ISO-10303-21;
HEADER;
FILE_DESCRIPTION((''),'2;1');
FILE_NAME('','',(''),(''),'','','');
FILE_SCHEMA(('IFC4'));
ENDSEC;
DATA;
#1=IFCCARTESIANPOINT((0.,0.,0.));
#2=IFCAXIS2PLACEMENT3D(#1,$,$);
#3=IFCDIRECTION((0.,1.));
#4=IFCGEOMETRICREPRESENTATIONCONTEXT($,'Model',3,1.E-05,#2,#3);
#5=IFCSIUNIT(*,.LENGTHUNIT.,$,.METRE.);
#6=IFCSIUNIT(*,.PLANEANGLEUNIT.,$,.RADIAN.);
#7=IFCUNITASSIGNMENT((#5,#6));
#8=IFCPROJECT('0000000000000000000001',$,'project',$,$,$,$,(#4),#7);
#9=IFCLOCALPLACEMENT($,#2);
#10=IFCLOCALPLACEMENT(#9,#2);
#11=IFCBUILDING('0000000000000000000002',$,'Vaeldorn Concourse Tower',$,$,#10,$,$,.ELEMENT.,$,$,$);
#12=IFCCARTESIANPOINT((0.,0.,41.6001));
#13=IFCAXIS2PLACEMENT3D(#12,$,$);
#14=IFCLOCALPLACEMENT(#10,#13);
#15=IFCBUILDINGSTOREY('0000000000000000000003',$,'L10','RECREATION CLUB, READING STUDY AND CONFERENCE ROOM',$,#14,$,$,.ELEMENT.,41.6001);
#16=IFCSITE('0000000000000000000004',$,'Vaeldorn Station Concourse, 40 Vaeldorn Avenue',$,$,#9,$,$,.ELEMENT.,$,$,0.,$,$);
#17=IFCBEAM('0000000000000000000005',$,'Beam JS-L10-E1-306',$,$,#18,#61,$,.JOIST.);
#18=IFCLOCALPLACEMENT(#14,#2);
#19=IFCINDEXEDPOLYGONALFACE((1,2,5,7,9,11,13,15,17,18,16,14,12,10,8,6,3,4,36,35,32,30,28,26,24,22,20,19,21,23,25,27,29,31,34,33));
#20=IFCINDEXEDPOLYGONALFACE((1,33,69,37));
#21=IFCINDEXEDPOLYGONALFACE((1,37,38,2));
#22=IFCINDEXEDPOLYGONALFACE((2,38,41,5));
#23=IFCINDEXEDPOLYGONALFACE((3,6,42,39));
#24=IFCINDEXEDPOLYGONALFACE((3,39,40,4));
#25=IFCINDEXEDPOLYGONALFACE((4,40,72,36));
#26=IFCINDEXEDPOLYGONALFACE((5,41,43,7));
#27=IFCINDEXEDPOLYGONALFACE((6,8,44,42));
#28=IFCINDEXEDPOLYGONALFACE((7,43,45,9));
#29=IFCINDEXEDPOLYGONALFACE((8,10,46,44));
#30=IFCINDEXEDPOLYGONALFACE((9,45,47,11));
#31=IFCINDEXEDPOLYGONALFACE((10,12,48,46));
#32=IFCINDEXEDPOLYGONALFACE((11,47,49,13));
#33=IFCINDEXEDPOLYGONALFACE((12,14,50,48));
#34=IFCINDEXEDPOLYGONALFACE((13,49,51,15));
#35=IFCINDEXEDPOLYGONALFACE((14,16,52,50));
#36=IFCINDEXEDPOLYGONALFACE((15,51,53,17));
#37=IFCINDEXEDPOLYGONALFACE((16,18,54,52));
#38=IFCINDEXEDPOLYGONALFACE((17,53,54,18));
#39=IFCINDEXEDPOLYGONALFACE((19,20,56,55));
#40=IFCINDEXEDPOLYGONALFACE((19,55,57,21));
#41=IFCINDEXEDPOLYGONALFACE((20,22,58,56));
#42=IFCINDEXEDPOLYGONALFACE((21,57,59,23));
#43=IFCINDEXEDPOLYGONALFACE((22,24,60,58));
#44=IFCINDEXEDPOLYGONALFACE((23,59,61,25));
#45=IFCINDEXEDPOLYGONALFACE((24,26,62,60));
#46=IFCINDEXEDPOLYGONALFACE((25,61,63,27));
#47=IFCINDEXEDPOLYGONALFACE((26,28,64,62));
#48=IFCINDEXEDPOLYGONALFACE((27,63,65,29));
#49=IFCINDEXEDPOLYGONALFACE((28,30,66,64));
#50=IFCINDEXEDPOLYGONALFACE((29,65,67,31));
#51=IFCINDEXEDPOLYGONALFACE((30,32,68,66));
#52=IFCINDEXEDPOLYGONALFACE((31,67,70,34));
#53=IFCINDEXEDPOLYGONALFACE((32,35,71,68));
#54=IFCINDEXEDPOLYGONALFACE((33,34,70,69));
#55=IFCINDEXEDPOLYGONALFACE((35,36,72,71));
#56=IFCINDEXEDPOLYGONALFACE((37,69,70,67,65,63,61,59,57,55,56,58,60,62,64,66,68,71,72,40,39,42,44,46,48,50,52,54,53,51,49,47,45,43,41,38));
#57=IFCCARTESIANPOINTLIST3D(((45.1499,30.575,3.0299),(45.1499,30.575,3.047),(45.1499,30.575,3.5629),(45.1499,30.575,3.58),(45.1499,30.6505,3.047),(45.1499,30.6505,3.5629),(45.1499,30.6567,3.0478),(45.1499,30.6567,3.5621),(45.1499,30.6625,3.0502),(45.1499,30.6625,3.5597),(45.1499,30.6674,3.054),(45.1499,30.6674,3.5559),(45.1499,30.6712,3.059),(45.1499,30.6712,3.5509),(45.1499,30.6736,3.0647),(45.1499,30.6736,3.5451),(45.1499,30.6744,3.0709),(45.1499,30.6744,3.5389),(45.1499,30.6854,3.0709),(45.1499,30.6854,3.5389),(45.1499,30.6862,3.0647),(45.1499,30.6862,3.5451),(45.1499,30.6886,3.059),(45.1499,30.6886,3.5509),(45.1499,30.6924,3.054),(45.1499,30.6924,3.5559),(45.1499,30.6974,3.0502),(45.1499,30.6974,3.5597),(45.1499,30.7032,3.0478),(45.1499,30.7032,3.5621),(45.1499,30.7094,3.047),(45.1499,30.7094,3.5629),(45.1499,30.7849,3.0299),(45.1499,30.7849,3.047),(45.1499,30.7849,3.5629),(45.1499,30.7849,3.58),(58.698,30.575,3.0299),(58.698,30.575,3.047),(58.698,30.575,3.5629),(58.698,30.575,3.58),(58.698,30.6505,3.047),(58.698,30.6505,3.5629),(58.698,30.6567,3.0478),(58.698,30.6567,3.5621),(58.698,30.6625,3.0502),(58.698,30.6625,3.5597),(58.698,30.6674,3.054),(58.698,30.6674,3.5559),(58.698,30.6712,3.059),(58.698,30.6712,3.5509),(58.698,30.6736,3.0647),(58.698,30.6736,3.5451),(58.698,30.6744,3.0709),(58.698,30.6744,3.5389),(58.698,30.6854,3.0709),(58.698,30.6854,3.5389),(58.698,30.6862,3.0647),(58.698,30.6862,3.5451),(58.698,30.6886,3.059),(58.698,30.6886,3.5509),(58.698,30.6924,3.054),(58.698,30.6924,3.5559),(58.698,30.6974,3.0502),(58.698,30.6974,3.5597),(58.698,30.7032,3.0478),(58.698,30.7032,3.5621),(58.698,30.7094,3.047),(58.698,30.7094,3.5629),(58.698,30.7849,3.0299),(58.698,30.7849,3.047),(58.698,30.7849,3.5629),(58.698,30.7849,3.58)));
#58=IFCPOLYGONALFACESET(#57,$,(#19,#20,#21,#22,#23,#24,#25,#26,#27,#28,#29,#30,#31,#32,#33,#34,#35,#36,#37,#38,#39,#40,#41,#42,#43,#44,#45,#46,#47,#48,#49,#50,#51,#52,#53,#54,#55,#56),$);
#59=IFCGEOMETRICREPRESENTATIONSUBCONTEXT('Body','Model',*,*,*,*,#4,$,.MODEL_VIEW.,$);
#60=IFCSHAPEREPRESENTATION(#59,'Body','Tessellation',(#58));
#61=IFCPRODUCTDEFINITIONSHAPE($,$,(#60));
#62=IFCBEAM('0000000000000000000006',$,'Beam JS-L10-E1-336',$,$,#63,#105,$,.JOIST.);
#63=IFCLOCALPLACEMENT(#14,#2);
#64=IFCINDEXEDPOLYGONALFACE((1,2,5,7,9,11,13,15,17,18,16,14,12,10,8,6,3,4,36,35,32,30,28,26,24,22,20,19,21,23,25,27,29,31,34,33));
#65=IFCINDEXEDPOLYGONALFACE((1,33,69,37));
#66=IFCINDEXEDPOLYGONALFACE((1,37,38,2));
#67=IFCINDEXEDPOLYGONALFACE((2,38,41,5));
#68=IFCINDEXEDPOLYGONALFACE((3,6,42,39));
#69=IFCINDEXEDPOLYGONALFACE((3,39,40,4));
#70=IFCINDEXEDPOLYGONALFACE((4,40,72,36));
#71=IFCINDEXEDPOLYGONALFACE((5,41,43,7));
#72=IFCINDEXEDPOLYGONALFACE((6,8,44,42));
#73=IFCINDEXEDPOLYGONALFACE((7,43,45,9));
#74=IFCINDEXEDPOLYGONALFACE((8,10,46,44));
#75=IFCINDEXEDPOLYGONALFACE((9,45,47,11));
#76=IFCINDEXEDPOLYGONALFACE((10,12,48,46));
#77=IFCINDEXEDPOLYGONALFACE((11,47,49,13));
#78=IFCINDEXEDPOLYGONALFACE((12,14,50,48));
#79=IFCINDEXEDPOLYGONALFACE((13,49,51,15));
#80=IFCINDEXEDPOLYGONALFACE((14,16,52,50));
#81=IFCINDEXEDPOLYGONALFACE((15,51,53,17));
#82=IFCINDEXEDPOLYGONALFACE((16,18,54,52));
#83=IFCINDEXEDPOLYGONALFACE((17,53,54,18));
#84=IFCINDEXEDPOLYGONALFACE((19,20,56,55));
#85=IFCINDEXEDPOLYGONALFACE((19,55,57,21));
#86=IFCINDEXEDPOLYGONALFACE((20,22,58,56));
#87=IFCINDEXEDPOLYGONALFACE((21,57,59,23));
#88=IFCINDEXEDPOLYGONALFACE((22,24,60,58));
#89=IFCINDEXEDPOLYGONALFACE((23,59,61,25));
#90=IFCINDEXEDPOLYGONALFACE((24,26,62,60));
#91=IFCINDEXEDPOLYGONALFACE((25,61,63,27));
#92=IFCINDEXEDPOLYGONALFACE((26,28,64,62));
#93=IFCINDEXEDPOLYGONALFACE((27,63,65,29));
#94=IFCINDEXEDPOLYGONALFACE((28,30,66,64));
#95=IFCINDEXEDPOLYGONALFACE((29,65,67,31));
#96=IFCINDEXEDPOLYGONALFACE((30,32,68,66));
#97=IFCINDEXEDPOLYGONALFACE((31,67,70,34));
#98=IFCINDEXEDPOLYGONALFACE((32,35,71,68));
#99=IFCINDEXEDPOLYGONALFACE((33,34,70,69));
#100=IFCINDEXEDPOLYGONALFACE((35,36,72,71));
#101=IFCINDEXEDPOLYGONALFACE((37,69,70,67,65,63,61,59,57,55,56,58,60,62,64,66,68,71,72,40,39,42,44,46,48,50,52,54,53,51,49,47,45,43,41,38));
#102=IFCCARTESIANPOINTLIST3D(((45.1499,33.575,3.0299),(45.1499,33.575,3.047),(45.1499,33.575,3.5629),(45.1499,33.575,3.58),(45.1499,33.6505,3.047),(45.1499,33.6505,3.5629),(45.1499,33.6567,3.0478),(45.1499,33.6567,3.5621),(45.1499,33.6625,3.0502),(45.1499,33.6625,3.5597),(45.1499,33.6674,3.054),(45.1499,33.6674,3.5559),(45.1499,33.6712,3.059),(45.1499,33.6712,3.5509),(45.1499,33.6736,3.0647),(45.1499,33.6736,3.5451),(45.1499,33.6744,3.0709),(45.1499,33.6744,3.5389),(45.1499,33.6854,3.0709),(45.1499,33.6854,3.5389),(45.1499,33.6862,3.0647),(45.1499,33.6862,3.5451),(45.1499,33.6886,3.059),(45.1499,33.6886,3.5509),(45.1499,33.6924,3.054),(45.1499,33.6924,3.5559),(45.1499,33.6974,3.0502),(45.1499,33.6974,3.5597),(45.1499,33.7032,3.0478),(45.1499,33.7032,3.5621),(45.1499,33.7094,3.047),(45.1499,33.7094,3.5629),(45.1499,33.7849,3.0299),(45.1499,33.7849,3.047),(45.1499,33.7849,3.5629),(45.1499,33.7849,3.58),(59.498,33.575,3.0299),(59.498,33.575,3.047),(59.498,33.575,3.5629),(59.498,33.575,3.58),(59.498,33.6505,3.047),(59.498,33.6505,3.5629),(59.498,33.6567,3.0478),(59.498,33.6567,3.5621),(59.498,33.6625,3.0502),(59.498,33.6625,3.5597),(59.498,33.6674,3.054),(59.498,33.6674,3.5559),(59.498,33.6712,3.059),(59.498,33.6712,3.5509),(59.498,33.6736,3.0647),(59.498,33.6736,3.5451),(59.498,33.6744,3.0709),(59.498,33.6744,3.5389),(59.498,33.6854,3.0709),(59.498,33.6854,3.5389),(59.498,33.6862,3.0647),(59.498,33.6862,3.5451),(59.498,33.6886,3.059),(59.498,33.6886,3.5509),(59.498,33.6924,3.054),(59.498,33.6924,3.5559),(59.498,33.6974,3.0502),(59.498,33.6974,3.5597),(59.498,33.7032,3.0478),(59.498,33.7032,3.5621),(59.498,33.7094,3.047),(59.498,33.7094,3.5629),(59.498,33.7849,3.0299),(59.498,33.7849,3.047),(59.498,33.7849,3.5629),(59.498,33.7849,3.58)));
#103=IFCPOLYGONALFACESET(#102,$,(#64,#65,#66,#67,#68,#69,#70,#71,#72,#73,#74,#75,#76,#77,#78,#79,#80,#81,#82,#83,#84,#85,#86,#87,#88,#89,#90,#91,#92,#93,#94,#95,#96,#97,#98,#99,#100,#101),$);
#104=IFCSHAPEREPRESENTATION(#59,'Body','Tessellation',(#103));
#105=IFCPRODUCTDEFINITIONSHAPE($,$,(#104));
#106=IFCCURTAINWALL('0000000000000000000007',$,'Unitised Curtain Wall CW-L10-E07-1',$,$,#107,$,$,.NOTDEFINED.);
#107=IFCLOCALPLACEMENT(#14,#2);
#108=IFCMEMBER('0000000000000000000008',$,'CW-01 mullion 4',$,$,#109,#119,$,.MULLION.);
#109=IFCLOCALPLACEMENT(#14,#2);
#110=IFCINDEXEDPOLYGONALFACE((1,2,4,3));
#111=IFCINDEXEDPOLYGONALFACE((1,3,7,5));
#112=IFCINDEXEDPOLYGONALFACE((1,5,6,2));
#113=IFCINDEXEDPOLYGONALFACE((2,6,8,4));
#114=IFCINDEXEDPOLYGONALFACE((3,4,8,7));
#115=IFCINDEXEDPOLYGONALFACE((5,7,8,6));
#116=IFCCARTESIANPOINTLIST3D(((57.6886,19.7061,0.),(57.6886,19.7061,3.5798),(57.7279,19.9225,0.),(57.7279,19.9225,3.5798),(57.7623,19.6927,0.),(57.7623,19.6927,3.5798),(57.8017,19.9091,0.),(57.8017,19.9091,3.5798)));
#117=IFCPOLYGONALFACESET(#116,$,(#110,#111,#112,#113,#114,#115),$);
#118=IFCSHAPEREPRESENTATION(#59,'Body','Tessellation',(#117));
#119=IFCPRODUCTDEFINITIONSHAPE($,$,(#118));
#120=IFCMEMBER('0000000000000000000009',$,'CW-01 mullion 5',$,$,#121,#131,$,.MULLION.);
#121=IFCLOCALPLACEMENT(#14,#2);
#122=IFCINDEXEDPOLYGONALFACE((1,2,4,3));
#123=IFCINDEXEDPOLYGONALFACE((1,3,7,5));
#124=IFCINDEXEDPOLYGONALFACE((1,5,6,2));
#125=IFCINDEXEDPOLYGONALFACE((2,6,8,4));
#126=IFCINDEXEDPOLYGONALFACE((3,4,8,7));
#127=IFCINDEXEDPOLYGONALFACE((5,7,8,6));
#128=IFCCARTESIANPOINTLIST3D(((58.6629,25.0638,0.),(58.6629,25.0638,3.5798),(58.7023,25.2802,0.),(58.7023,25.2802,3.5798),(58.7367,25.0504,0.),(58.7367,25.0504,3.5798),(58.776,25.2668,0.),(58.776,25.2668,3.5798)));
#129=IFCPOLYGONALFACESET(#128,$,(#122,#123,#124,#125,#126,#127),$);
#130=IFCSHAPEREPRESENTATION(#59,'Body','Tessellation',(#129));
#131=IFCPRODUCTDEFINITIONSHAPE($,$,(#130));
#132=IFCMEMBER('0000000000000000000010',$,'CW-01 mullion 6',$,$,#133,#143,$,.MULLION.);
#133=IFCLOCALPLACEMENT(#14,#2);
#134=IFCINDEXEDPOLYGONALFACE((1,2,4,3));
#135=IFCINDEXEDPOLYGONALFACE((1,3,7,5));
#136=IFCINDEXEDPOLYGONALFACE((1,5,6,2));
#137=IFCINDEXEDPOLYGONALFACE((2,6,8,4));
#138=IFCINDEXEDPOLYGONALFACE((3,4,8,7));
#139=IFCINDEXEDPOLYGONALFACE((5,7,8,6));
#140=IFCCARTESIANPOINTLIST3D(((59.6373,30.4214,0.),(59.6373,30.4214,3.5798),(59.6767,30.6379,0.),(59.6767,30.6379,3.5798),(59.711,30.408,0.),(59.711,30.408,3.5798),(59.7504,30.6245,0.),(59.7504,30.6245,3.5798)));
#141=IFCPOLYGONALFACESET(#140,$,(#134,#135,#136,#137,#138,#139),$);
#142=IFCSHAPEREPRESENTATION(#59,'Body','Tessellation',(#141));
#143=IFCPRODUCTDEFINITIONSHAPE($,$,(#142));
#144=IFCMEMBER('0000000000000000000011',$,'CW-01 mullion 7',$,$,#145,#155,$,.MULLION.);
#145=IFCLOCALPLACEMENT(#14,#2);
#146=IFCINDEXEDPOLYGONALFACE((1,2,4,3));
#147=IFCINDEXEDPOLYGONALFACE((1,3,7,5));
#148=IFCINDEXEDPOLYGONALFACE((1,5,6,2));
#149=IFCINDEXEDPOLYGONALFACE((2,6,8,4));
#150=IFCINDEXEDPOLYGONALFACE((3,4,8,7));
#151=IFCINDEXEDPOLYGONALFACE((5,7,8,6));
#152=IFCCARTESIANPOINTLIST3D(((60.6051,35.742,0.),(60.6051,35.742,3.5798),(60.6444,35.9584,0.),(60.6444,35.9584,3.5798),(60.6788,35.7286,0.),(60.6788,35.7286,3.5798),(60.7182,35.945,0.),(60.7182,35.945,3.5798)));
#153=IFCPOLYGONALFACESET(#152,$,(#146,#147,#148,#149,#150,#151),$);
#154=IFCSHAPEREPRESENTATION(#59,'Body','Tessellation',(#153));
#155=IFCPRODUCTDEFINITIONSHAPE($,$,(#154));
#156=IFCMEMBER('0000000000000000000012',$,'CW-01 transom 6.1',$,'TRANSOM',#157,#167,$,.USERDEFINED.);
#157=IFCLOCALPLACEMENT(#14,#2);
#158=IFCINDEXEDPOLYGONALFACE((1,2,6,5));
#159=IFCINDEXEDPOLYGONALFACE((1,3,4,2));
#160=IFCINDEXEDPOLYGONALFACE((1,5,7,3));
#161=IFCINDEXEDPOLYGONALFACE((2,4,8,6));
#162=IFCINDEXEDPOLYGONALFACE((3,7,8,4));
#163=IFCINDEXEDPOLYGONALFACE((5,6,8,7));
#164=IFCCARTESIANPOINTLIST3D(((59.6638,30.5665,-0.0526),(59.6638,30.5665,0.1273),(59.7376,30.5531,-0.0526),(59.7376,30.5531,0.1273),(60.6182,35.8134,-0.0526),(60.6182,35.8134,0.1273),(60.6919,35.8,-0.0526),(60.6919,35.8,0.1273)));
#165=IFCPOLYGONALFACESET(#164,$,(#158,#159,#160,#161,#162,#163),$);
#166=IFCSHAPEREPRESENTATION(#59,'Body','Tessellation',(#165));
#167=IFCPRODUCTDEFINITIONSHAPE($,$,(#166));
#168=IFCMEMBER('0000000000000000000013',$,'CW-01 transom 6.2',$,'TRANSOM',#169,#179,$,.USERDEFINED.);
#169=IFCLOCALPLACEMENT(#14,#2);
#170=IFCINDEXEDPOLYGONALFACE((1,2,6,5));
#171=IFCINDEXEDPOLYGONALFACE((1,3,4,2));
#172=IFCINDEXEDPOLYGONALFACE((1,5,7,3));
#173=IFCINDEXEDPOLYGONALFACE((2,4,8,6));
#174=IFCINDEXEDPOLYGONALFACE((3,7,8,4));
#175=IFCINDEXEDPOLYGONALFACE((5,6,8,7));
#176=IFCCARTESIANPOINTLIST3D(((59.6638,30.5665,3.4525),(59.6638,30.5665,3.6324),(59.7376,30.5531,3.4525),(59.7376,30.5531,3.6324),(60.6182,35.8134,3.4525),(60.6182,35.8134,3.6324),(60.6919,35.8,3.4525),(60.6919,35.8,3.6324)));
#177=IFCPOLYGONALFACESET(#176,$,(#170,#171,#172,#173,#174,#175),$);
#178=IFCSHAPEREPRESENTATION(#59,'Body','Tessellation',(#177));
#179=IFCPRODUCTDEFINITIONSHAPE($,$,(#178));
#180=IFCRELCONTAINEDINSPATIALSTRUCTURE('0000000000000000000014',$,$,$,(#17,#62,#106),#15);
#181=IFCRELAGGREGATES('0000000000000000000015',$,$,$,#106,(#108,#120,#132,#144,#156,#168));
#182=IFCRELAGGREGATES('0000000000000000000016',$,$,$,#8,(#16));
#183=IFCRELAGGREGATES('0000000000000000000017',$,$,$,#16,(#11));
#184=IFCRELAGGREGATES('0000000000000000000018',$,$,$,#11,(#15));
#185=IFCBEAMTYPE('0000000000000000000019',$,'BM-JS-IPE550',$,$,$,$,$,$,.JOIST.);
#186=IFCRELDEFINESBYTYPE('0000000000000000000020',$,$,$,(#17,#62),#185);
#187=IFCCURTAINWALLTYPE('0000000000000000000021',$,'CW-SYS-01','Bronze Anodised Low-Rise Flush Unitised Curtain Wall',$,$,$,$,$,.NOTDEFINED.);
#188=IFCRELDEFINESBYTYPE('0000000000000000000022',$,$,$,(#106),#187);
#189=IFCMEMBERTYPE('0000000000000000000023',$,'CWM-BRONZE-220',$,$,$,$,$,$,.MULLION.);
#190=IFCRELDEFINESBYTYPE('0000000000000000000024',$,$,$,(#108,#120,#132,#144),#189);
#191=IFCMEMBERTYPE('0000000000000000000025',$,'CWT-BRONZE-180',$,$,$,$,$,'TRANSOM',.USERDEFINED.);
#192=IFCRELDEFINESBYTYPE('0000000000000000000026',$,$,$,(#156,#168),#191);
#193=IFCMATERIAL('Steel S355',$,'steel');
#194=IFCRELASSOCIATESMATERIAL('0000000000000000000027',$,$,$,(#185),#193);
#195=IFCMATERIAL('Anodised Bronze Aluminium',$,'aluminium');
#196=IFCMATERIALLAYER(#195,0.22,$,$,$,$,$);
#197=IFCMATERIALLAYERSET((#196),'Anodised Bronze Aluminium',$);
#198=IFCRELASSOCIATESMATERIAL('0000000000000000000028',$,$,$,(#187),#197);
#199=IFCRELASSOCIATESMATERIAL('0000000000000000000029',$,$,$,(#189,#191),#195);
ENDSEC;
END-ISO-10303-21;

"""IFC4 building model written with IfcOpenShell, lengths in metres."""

from ifc_helpers import new_model, si_unit, direction, frame, origin, origin_2d, place, context, subcontext, project, spatial, rectangle, i_section, extrude, source, transform, mapped, material, layer, layer_set, material_profile, profile_set, type_object, element, aggregate, save


model = new_model("IFC4")

# Units and contexts
model_context = context("Model", 3, precision=1e-05, world=origin(), true_north=direction((0.0, 1.0)))
body_context = subcontext(model_context, "Body", "Model", "MODEL_VIEW")
ifc_project = project(units=[si_unit("LENGTHUNIT", "METRE"), si_unit("PLANEANGLEUNIT", "RADIAN")], contexts=[model_context])

# Site, building, storey
site_placement = place(None, origin())
site = spatial("IfcSite", under=ifc_project, at=site_placement, Name="Vaeldorn Station Concourse, 40 Vaeldorn Avenue", CompositionType="ELEMENT", RefElevation=0.0)
building_placement = place(site_placement, origin())
building = spatial("IfcBuilding", under=site, at=building_placement, Name="Vaeldorn Concourse Tower", CompositionType="ELEMENT")
storey_placement = place(building_placement, frame((0.0, 0.0, 41.6001)))
storey = spatial("IfcBuildingStorey", under=building, at=storey_placement, Name="L10", Description="RECREATION CLUB, READING STUDY AND CONFERENCE ROOM", CompositionType="ELEMENT", Elevation=41.6001)

# Beams
ifc_material_1 = material(Name="Steel S355", Category="steel")
ifc_material_profile_1 = material_profile(ifc_material_1, i_section(OverallWidth=0.21, OverallDepth=0.55, WebThickness=0.011, FlangeThickness=0.0171, FilletRadius=0.0239, at=origin_2d()), Name="IPE 550")
ifc_profile_set_1 = profile_set([ifc_material_profile_1], Name="Steel S355")
beam_type_1 = type_object("IfcBeamType", Name="BM-JS-IPE550", PredefinedType="JOIST", material=ifc_profile_set_1)
shared_shape_1 = source(origin(), body_context, "Body", "SweptSolid", [
    extrude(i_section(OverallWidth=0.21, OverallDepth=0.55, WebThickness=0.011, FlangeThickness=0.0171, FilletRadius=0.0239, at=origin_2d()), origin(), (0.0, 0.0, 1.0), 13.5481),
])
beam_1_placement = place(storey_placement, frame((45.1499, 30.6799, 3.3049), z_axis=(1.0, 0.0, 0.0), x_axis=(0.0, 1.0, 0.0)))
element("IfcBeam", 1, at=beam_1_placement, inside=storey, type_object=beam_type_1, Name="Beam JS-L10-E1-306", PredefinedType="JOIST", context=body_context, shape_type="MappedRepresentation", body=[
    mapped(shared_shape_1, transform((0.0, 0.0, 0.0), scale=1.0)),
])
shared_shape_2 = source(origin(), body_context, "Body", "SweptSolid", [
    extrude(i_section(OverallWidth=0.21, OverallDepth=0.55, WebThickness=0.011, FlangeThickness=0.0171, FilletRadius=0.0239, at=origin_2d()), origin(), (0.0, 0.0, 1.0), 14.3481),
])
beam_2_placement = place(storey_placement, frame((45.1499, 33.6799, 3.3049), z_axis=(1.0, 0.0, 0.0), x_axis=(0.0, 1.0, 0.0)))
element("IfcBeam", 2, at=beam_2_placement, inside=storey, type_object=beam_type_1, Name="Beam JS-L10-E1-336", PredefinedType="JOIST", context=body_context, shape_type="MappedRepresentation", body=[
    mapped(shared_shape_2, transform((0.0, 0.0, 0.0), scale=1.0)),
])

# Curtain wall, members
ifc_material_2 = material(Name="Anodised Bronze Aluminium", Category="aluminium")
ifc_layer_1 = layer(ifc_material_2, 0.22)
ifc_layer_set_1 = layer_set([ifc_layer_1], Name="Anodised Bronze Aluminium")
curtain_wall_type = type_object("IfcCurtainWallType", Name="CW-SYS-01", Description="Bronze Anodised Low-Rise Flush Unitised Curtain Wall", PredefinedType="NOTDEFINED", material=ifc_layer_set_1)
curtain_wall_placement = place(storey_placement, origin())
curtain_wall = element("IfcCurtainWall", 3, at=curtain_wall_placement, inside=storey, type_object=curtain_wall_type, Name="Unitised Curtain Wall CW-L10-E07-1", PredefinedType="NOTDEFINED")
ifc_material_profile_2 = material_profile(ifc_material_2, rectangle(XDim=0.075, YDim=0.22, at=origin_2d()), Name="CWM 75x220")
ifc_profile_set_2 = profile_set([ifc_material_profile_2], Name="Anodised Bronze Aluminium")
member_type_1 = type_object("IfcMemberType", Name="CWM-BRONZE-220", PredefinedType="MULLION", material=ifc_profile_set_2)
shared_shape_3 = source(origin(), body_context, "Body", "SweptSolid", [
    extrude(rectangle(XDim=0.075, YDim=0.22, at=origin_2d()), origin(), (0.0, 0.0, 1.0), 3.5798),
])
member_1_placement = place(storey_placement, frame((57.7451, 19.8076, 0.0), z_axis=(0.0, 0.0, 1.0), x_axis=(-0.983859, 0.178944, 0.0)))
member_1 = element("IfcMember", 4, at=member_1_placement, type_object=member_type_1, Name="CW-01 mullion 4", PredefinedType="MULLION", context=body_context, shape_type="MappedRepresentation", body=[
    mapped(shared_shape_3, transform((0.0, 0.0, 0.0), scale=1.0)),
])
member_2_placement = place(storey_placement, frame((58.7195, 25.1653, 0.0), z_axis=(0.0, 0.0, 1.0), x_axis=(-0.983859, 0.178944, 0.0)))
member_2 = element("IfcMember", 5, at=member_2_placement, type_object=member_type_1, Name="CW-01 mullion 5", PredefinedType="MULLION", context=body_context, shape_type="MappedRepresentation", body=[
    mapped(shared_shape_3, transform((0.0, 0.0, 0.0), scale=1.0)),
])
member_3_placement = place(storey_placement, frame((59.6938, 30.5229, 0.0), z_axis=(0.0, 0.0, 1.0), x_axis=(-0.983859, 0.178944, 0.0)))
member_3 = element("IfcMember", 6, at=member_3_placement, type_object=member_type_1, Name="CW-01 mullion 6", PredefinedType="MULLION", context=body_context, shape_type="MappedRepresentation", body=[
    mapped(shared_shape_3, transform((0.0, 0.0, 0.0), scale=1.0)),
])
member_4_placement = place(storey_placement, frame((60.6616, 35.8435, 0.0), z_axis=(0.0, 0.0, 1.0), x_axis=(-0.983859, 0.178944, 0.0)))
member_4 = element("IfcMember", 7, at=member_4_placement, type_object=member_type_1, Name="CW-01 mullion 7", PredefinedType="MULLION", context=body_context, shape_type="MappedRepresentation", body=[
    mapped(shared_shape_3, transform((0.0, 0.0, 0.0), scale=1.0)),
])
ifc_material_profile_3 = material_profile(ifc_material_2, rectangle(XDim=0.075, YDim=0.1799, at=origin_2d()), Name="CWT 75x180")
ifc_profile_set_3 = profile_set([ifc_material_profile_3], Name="Anodised Bronze Aluminium")
member_type_2 = type_object("IfcMemberType", Name="CWT-BRONZE-180", ElementType="TRANSOM", PredefinedType="USERDEFINED", material=ifc_profile_set_3)
shared_shape_4 = source(origin(), body_context, "Body", "SweptSolid", [
    extrude(rectangle(XDim=0.075, YDim=0.1799, at=origin_2d()), origin(), (0.0, 0.0, 1.0), 5.333),
])
member_5_placement = place(storey_placement, frame((59.7007, 30.5598, 0.0374), z_axis=(0.178954, 0.983857, 0.0), x_axis=(-0.983857, 0.178954, 0.0)))
member_5 = element("IfcMember", 8, at=member_5_placement, type_object=member_type_2, Name="CW-01 transom 6.1", ObjectType="TRANSOM", PredefinedType="USERDEFINED", context=body_context, shape_type="MappedRepresentation", body=[
    mapped(shared_shape_4, transform((0.0, 0.0, 0.0), scale=1.0)),
])
member_6_placement = place(storey_placement, frame((59.7007, 30.5598, 3.5425), z_axis=(0.178954, 0.983857, 0.0), x_axis=(-0.983857, 0.178954, 0.0)))
member_6 = element("IfcMember", 9, at=member_6_placement, type_object=member_type_2, Name="CW-01 transom 6.2", ObjectType="TRANSOM", PredefinedType="USERDEFINED", context=body_context, shape_type="MappedRepresentation", body=[
    mapped(shared_shape_4, transform((0.0, 0.0, 0.0), scale=1.0)),
])
aggregate(curtain_wall, [member_1, member_2, member_3, member_4, member_5, member_6])

save(model, "model.ifc")
